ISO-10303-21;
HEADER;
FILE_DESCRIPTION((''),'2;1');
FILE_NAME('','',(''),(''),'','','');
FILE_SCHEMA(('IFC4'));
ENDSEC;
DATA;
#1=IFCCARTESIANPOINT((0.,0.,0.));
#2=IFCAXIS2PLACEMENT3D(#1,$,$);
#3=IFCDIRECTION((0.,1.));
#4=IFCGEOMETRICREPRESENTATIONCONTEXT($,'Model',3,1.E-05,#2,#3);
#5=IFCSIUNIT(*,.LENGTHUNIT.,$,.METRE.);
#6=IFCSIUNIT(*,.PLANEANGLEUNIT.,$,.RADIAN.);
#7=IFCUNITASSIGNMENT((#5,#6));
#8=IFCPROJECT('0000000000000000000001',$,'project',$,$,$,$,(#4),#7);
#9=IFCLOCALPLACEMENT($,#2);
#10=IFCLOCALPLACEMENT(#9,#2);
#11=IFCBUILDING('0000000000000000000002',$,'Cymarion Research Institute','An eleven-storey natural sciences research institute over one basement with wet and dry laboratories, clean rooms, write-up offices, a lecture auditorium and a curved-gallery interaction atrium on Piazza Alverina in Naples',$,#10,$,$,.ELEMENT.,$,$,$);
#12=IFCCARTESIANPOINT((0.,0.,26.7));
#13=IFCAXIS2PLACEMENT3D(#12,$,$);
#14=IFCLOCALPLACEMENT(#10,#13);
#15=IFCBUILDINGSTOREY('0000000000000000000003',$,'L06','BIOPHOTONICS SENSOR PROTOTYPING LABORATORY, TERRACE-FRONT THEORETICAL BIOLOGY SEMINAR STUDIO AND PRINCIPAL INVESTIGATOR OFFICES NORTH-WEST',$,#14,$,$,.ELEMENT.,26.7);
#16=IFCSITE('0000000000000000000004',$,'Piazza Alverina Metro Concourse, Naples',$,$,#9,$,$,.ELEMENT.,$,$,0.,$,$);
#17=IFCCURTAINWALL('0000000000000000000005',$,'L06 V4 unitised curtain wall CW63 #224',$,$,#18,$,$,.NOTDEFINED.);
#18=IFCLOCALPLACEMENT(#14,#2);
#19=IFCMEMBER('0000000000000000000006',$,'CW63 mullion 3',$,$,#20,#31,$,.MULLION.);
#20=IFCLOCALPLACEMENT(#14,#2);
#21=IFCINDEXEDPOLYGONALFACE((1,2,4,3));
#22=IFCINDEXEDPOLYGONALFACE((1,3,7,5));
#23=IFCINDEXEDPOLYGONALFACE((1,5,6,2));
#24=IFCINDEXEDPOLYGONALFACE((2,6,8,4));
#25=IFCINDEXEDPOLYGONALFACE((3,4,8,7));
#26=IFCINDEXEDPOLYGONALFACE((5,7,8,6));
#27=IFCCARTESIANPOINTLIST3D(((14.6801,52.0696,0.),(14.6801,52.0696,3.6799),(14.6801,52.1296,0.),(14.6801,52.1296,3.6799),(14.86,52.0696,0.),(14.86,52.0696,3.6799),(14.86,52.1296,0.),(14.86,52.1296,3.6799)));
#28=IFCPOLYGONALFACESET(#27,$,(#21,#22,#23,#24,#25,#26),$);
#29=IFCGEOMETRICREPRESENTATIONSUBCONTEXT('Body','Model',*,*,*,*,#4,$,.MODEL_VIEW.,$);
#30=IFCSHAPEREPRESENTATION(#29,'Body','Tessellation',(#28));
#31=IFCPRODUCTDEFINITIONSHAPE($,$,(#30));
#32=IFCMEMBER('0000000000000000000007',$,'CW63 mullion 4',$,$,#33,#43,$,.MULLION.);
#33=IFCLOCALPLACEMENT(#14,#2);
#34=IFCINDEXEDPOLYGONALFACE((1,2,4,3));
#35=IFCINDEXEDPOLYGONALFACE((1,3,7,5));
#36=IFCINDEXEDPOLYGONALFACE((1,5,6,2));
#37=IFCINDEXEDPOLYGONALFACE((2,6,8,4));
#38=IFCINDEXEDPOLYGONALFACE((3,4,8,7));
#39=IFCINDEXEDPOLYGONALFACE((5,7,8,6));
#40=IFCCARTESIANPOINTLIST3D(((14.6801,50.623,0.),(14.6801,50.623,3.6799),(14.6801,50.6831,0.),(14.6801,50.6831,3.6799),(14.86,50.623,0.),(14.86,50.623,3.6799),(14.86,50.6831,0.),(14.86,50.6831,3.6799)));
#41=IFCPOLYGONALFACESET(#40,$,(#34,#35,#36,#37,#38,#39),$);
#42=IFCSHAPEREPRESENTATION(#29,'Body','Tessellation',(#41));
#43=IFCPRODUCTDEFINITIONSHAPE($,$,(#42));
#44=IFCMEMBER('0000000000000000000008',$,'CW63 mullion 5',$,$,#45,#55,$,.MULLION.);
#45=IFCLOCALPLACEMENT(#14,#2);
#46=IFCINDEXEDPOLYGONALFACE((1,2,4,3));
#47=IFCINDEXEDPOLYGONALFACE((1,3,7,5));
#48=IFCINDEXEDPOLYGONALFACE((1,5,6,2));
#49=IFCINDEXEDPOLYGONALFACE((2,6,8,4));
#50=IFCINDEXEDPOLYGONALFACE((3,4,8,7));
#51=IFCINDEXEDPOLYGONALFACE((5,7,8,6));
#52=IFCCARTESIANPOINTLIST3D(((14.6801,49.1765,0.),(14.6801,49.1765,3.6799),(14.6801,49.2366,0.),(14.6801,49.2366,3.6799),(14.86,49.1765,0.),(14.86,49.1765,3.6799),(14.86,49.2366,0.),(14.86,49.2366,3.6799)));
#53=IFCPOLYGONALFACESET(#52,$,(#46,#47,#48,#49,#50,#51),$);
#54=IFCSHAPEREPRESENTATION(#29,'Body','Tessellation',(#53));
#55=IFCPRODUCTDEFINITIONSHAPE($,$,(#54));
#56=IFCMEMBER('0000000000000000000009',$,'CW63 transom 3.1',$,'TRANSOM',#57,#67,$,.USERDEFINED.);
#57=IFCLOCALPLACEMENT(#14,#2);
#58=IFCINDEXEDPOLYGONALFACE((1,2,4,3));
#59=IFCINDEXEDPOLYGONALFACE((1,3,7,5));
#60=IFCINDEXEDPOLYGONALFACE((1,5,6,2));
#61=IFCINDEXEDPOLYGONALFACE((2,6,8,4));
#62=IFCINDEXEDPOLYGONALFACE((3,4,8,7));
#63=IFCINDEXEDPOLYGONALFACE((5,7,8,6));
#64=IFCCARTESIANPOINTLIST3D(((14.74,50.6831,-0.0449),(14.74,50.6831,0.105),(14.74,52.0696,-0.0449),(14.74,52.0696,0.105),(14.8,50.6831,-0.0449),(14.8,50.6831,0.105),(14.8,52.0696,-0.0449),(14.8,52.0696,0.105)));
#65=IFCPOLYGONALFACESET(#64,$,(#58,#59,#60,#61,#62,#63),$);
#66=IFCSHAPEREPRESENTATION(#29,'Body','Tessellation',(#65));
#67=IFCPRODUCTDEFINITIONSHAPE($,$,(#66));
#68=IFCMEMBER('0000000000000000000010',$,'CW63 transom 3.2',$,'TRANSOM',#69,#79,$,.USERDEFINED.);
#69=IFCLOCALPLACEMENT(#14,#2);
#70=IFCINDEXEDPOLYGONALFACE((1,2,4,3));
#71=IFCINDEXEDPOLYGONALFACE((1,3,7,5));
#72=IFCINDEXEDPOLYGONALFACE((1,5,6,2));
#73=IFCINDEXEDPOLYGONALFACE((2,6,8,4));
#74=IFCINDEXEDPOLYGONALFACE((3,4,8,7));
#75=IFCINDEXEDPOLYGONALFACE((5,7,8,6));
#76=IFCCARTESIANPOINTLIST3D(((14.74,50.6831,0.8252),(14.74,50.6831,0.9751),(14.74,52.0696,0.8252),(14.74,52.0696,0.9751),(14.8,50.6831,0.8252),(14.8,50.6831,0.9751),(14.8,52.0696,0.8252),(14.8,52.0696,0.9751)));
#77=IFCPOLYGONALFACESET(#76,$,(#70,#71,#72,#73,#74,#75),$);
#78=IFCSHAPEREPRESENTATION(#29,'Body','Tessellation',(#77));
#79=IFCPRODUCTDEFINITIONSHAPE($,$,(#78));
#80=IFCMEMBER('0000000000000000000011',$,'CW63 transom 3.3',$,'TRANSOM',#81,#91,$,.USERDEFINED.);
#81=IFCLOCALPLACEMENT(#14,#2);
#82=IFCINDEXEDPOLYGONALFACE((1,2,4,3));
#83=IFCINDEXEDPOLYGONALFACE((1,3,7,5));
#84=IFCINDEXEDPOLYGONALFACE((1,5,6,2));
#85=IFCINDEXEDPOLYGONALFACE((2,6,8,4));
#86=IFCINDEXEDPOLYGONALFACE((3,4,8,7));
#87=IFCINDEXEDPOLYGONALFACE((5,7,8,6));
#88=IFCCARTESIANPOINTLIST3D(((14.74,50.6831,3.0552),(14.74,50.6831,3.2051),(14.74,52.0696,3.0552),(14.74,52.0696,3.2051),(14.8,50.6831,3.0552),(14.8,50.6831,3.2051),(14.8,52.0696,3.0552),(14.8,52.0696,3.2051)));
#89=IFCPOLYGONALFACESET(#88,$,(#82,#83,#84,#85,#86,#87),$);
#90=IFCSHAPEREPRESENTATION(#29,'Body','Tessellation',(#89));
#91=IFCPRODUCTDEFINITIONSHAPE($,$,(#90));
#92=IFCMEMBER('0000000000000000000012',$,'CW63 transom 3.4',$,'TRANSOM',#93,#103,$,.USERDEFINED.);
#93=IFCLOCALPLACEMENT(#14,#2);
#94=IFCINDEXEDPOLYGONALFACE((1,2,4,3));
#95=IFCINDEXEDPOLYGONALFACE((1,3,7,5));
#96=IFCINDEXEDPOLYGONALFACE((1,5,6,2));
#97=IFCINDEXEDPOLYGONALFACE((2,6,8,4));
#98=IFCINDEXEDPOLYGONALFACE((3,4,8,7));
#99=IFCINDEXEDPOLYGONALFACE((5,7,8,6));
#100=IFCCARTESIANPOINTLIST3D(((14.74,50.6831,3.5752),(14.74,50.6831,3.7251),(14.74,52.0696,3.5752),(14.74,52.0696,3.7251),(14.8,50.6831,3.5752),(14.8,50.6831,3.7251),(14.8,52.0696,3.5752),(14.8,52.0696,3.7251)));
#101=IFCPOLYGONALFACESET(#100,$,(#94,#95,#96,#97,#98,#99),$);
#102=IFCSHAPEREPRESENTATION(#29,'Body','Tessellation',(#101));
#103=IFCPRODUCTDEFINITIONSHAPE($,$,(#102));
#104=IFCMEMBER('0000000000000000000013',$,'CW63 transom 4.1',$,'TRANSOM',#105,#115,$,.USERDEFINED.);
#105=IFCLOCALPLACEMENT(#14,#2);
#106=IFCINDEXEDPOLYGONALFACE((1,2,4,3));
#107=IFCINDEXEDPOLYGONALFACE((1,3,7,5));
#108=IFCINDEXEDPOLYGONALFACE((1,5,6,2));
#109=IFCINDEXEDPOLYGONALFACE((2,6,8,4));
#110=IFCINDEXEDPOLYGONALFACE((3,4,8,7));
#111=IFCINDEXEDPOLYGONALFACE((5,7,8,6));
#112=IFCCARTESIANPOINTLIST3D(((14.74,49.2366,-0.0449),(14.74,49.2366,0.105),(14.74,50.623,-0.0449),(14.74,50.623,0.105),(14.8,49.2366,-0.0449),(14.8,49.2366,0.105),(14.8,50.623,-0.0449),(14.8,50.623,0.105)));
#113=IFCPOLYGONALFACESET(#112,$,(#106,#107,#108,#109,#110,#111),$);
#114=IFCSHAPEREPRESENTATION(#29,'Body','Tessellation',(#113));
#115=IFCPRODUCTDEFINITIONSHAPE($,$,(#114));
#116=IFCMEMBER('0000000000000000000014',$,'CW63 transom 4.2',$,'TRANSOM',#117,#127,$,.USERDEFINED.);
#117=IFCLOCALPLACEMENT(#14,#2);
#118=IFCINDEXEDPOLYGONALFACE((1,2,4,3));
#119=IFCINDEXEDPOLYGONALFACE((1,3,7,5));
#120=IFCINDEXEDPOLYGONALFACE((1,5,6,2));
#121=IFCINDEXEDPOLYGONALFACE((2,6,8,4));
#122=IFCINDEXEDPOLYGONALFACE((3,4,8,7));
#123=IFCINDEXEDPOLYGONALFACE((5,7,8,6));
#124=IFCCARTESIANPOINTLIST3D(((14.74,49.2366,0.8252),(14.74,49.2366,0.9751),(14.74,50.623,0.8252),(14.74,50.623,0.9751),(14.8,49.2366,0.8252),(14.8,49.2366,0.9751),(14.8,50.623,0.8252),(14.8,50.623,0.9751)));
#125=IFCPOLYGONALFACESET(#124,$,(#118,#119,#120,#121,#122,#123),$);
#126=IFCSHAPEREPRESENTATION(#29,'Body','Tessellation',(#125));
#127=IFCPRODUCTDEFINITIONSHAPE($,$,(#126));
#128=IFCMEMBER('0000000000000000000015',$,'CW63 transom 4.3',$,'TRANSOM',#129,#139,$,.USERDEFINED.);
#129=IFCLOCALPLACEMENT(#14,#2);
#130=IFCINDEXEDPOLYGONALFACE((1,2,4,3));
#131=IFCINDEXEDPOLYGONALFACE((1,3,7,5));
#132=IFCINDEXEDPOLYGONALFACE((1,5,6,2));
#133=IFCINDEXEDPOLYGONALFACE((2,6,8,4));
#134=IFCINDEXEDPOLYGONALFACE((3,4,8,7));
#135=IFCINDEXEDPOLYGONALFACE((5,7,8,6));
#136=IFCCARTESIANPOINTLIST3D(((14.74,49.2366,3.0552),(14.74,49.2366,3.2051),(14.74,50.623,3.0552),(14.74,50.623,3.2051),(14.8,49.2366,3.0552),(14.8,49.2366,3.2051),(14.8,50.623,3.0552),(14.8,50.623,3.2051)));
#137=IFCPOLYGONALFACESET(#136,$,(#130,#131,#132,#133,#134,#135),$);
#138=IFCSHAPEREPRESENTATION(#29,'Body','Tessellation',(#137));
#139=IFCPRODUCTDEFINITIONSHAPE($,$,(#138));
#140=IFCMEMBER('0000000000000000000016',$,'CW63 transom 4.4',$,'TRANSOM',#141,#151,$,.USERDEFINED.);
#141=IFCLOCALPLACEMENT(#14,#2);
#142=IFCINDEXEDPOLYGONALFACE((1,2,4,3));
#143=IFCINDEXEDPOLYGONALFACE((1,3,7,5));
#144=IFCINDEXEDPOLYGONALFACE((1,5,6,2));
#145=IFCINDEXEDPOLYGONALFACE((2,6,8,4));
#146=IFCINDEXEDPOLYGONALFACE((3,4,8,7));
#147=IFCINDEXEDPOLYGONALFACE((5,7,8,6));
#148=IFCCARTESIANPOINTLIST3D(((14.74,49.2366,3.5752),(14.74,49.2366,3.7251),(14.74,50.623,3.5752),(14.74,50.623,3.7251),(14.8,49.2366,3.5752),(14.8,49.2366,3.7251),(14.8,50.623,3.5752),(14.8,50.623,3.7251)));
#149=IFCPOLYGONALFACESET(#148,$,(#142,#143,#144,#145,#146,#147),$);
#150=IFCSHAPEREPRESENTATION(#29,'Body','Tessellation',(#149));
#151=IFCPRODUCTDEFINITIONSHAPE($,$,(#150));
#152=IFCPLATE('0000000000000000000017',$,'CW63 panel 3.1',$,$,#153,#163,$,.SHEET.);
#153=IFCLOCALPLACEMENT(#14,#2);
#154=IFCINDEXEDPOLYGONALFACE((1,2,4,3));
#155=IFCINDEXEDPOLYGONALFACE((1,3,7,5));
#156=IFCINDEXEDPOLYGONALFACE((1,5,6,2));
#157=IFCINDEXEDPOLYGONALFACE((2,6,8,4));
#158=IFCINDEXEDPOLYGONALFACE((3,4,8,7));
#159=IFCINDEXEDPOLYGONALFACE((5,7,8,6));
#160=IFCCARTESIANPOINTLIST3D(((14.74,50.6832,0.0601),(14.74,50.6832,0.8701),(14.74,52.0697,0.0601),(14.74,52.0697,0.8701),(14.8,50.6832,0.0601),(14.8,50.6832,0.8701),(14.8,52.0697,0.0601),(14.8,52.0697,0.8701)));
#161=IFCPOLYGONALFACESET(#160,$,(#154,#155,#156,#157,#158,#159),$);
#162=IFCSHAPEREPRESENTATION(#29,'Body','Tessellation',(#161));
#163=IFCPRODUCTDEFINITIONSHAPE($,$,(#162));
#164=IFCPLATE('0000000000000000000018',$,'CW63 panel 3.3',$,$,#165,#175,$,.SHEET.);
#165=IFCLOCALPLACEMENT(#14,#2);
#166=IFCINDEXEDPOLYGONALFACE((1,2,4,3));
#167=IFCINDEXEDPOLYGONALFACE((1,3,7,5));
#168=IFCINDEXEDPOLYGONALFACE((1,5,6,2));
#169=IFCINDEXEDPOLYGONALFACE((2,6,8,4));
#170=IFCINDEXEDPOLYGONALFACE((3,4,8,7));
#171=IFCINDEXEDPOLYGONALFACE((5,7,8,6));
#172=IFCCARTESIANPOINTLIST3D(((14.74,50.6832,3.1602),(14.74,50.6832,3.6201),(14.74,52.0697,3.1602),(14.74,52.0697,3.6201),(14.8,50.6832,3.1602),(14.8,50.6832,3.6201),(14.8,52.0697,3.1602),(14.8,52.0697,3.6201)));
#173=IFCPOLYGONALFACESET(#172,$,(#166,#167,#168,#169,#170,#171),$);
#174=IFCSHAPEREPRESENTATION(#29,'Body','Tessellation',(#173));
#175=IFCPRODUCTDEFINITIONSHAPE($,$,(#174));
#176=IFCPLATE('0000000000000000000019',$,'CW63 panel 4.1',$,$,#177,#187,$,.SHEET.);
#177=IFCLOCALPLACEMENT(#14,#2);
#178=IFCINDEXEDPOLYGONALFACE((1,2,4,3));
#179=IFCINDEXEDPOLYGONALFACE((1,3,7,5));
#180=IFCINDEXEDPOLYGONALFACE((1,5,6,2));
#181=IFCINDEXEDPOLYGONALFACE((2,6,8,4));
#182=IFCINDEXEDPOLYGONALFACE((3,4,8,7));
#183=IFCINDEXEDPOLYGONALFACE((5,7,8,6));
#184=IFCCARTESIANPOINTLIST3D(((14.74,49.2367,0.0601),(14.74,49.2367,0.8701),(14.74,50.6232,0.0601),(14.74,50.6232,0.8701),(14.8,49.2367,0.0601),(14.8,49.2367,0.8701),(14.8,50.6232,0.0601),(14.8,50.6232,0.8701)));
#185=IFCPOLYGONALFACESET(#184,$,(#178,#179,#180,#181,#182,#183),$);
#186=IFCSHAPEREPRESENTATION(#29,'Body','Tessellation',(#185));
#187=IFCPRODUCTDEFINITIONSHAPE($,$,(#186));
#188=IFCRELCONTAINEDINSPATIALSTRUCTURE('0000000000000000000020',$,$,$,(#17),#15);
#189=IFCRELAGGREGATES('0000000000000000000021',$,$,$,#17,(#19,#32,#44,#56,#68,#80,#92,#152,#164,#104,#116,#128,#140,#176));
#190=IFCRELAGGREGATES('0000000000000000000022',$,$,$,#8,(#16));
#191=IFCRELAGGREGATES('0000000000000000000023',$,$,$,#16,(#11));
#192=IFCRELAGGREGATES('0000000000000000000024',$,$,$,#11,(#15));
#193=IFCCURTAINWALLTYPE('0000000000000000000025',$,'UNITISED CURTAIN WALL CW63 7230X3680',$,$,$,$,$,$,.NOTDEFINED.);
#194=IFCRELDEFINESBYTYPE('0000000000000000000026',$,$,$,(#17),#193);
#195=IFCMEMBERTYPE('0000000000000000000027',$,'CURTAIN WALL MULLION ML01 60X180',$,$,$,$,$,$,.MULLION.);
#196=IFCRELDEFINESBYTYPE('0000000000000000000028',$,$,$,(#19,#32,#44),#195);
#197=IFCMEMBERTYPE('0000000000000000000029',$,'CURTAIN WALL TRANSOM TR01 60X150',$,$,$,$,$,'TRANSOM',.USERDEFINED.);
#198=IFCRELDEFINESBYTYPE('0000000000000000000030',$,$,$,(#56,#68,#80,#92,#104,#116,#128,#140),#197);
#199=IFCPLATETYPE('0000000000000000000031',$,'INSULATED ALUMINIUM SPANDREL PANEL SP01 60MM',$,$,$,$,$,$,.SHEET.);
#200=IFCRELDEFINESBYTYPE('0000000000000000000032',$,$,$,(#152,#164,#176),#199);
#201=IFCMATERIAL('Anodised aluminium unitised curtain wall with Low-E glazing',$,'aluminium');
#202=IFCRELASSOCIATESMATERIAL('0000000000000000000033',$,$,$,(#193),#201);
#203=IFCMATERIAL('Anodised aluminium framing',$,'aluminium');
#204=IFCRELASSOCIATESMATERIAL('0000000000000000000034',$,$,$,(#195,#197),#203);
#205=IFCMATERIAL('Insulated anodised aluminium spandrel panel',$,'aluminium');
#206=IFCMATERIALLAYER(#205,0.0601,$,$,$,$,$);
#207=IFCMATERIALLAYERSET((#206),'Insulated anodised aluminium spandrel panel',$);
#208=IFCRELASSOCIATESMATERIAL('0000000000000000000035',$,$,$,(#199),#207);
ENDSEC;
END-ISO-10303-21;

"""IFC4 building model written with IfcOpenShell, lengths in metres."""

from ifc_helpers import new_model, si_unit, direction, frame, origin, origin_2d, place, context, subcontext, project, spatial, rectangle, extrude, material, layer, layer_set, material_profile, profile_set, type_object, element, aggregate, save


model = new_model("IFC4")

# Units and contexts
model_context = context("Model", 3, precision=1e-05, world=origin(), true_north=direction((0.0, 1.0)))
body_context = subcontext(model_context, "Body", "Model", "MODEL_VIEW")
ifc_project = project(units=[si_unit("LENGTHUNIT", "METRE"), si_unit("PLANEANGLEUNIT", "RADIAN")], contexts=[model_context])

# Site, building, storey
site_placement = place(None, origin())
site = spatial("IfcSite", under=ifc_project, at=site_placement, Name="Piazza Alverina Metro Concourse, Naples", CompositionType="ELEMENT", RefElevation=0.0)
building_placement = place(site_placement, origin())
building = spatial("IfcBuilding", under=site, at=building_placement, Name="Cymarion Research Institute", Description="An eleven-storey natural sciences research institute over one basement with wet and dry laboratories, clean rooms, write-up offices, a lecture auditorium and a curved-gallery interaction atrium on Piazza Alverina in Naples", CompositionType="ELEMENT")
storey_placement = place(building_placement, frame((0.0, 0.0, 26.7)))
storey = spatial("IfcBuildingStorey", under=building, at=storey_placement, Name="L06", Description="BIOPHOTONICS SENSOR PROTOTYPING LABORATORY, TERRACE-FRONT THEORETICAL BIOLOGY SEMINAR STUDIO AND PRINCIPAL INVESTIGATOR OFFICES NORTH-WEST", CompositionType="ELEMENT", Elevation=26.7)

# Curtain wall, members, plates
ifc_material_1 = material(Name="Anodised aluminium unitised curtain wall with Low-E glazing", Category="aluminium")
curtain_wall_type = type_object("IfcCurtainWallType", Name="UNITISED CURTAIN WALL CW63 7230X3680", PredefinedType="NOTDEFINED", material=ifc_material_1)
curtain_wall_placement = place(storey_placement, origin())
curtain_wall = element("IfcCurtainWall", 1, at=curtain_wall_placement, inside=storey, type_object=curtain_wall_type, Name="L06 V4 unitised curtain wall CW63 #224", PredefinedType="NOTDEFINED")
ifc_material_2 = material(Name="Anodised aluminium framing", Category="aluminium")
ifc_material_profile_1 = material_profile(ifc_material_2, rectangle(XDim=0.0601, YDim=0.1799, at=origin_2d()), Name="ALU MULLION 60x180")
ifc_profile_set_1 = profile_set([ifc_material_profile_1], Name="Anodised aluminium framing")
member_type_1 = type_object("IfcMemberType", Name="CURTAIN WALL MULLION ML01 60X180", PredefinedType="MULLION", material=ifc_profile_set_1)
member_1_placement = place(storey_placement, frame((14.77, 52.0996, 0.0), z_axis=(0.0, 0.0, 1.0), x_axis=(0.0, -1.0, 0.0)))
member_1 = element("IfcMember", 2, at=member_1_placement, type_object=member_type_1, Name="CW63 mullion 3", PredefinedType="MULLION", context=body_context, shape_type="SweptSolid", body=[
    extrude(rectangle(XDim=0.0601, YDim=0.1799, at=origin_2d()), origin(), (0.0, 0.0, 1.0), 3.6799),
])
member_2_placement = place(storey_placement, frame((14.77, 50.6531, 0.0), z_axis=(0.0, 0.0, 1.0), x_axis=(0.0, -1.0, 0.0)))
member_2 = element("IfcMember", 3, at=member_2_placement, type_object=member_type_1, Name="CW63 mullion 4", PredefinedType="MULLION", context=body_context, shape_type="SweptSolid", body=[
    extrude(rectangle(XDim=0.0601, YDim=0.1799, at=origin_2d()), origin(), (0.0, 0.0, 1.0), 3.6799),
])
member_3_placement = place(storey_placement, frame((14.77, 49.2065, 0.0), z_axis=(0.0, 0.0, 1.0), x_axis=(0.0, -1.0, 0.0)))
member_3 = element("IfcMember", 4, at=member_3_placement, type_object=member_type_1, Name="CW63 mullion 5", PredefinedType="MULLION", context=body_context, shape_type="SweptSolid", body=[
    extrude(rectangle(XDim=0.0601, YDim=0.1799, at=origin_2d()), origin(), (0.0, 0.0, 1.0), 3.6799),
])
ifc_material_profile_2 = material_profile(ifc_material_2, rectangle(XDim=0.0601, YDim=0.1499, at=origin_2d()), Name="ALU TRANSOM 60x150")
ifc_profile_set_2 = profile_set([ifc_material_profile_2], Name="Anodised aluminium framing")
member_type_2 = type_object("IfcMemberType", Name="CURTAIN WALL TRANSOM TR01 60X150", ElementType="TRANSOM", PredefinedType="USERDEFINED", material=ifc_profile_set_2)
member_4_placement = place(storey_placement, frame((14.77, 52.0696, 0.03), z_axis=(0.0, -1.0, 0.0), x_axis=(1.0, 0.0, 0.0)))
member_4 = element("IfcMember", 5, at=member_4_placement, type_object=member_type_2, Name="CW63 transom 3.1", ObjectType="TRANSOM", PredefinedType="USERDEFINED", context=body_context, shape_type="SweptSolid", body=[
    extrude(rectangle(XDim=0.0601, YDim=0.1499, at=origin_2d()), origin(), (0.0, 0.0, 1.0), 1.3865),
])
member_5_placement = place(storey_placement, frame((14.77, 52.0696, 0.9001), z_axis=(0.0, -1.0, 0.0), x_axis=(1.0, 0.0, 0.0)))
member_5 = element("IfcMember", 6, at=member_5_placement, type_object=member_type_2, Name="CW63 transom 3.2", ObjectType="TRANSOM", PredefinedType="USERDEFINED", context=body_context, shape_type="SweptSolid", body=[
    extrude(rectangle(XDim=0.0601, YDim=0.1499, at=origin_2d()), origin(), (0.0, 0.0, 1.0), 1.3865),
])
member_6_placement = place(storey_placement, frame((14.77, 52.0696, 3.1301), z_axis=(0.0, -1.0, 0.0), x_axis=(1.0, 0.0, 0.0)))
member_6 = element("IfcMember", 7, at=member_6_placement, type_object=member_type_2, Name="CW63 transom 3.3", ObjectType="TRANSOM", PredefinedType="USERDEFINED", context=body_context, shape_type="SweptSolid", body=[
    extrude(rectangle(XDim=0.0601, YDim=0.1499, at=origin_2d()), origin(), (0.0, 0.0, 1.0), 1.3865),
])
member_7_placement = place(storey_placement, frame((14.77, 52.0696, 3.6501), z_axis=(0.0, -1.0, 0.0), x_axis=(1.0, 0.0, 0.0)))
member_7 = element("IfcMember", 8, at=member_7_placement, type_object=member_type_2, Name="CW63 transom 3.4", ObjectType="TRANSOM", PredefinedType="USERDEFINED", context=body_context, shape_type="SweptSolid", body=[
    extrude(rectangle(XDim=0.0601, YDim=0.1499, at=origin_2d()), origin(), (0.0, 0.0, 1.0), 1.3865),
])
member_8_placement = place(storey_placement, frame((14.77, 50.623, 0.03), z_axis=(0.0, -1.0, 0.0), x_axis=(1.0, 0.0, 0.0)))
member_8 = element("IfcMember", 9, at=member_8_placement, type_object=member_type_2, Name="CW63 transom 4.1", ObjectType="TRANSOM", PredefinedType="USERDEFINED", context=body_context, shape_type="SweptSolid", body=[
    extrude(rectangle(XDim=0.0601, YDim=0.1499, at=origin_2d()), origin(), (0.0, 0.0, 1.0), 1.3865),
])
member_9_placement = place(storey_placement, frame((14.77, 50.623, 0.9001), z_axis=(0.0, -1.0, 0.0), x_axis=(1.0, 0.0, 0.0)))
member_9 = element("IfcMember", 10, at=member_9_placement, type_object=member_type_2, Name="CW63 transom 4.2", ObjectType="TRANSOM", PredefinedType="USERDEFINED", context=body_context, shape_type="SweptSolid", body=[
    extrude(rectangle(XDim=0.0601, YDim=0.1499, at=origin_2d()), origin(), (0.0, 0.0, 1.0), 1.3865),
])
member_10_placement = place(storey_placement, frame((14.77, 50.623, 3.1301), z_axis=(0.0, -1.0, 0.0), x_axis=(1.0, 0.0, 0.0)))
member_10 = element("IfcMember", 11, at=member_10_placement, type_object=member_type_2, Name="CW63 transom 4.3", ObjectType="TRANSOM", PredefinedType="USERDEFINED", context=body_context, shape_type="SweptSolid", body=[
    extrude(rectangle(XDim=0.0601, YDim=0.1499, at=origin_2d()), origin(), (0.0, 0.0, 1.0), 1.3865),
])
member_11_placement = place(storey_placement, frame((14.77, 50.623, 3.6501), z_axis=(0.0, -1.0, 0.0), x_axis=(1.0, 0.0, 0.0)))
member_11 = element("IfcMember", 12, at=member_11_placement, type_object=member_type_2, Name="CW63 transom 4.4", ObjectType="TRANSOM", PredefinedType="USERDEFINED", context=body_context, shape_type="SweptSolid", body=[
    extrude(rectangle(XDim=0.0601, YDim=0.1499, at=origin_2d()), origin(), (0.0, 0.0, 1.0), 1.3865),
])
ifc_material_3 = material(Name="Insulated anodised aluminium spandrel panel", Category="aluminium")
ifc_layer_1 = layer(ifc_material_3, 0.0601)
ifc_layer_set_1 = layer_set([ifc_layer_1], Name="Insulated anodised aluminium spandrel panel")
plate_type_1 = type_object("IfcPlateType", Name="INSULATED ALUMINIUM SPANDREL PANEL SP01 60MM", PredefinedType="SHEET", material=ifc_layer_set_1)
plate_1_placement = place(storey_placement, frame((14.77, 51.3765, 0.0601), z_axis=(0.0, 0.0, 1.0), x_axis=(0.0, -1.0, 0.0)))
plate_1 = element("IfcPlate", 13, at=plate_1_placement, type_object=plate_type_1, Name="CW63 panel 3.1", PredefinedType="SHEET", context=body_context, shape_type="SweptSolid", body=[
    extrude(rectangle(XDim=1.3865, YDim=0.0601, at=origin_2d()), origin(), (0.0, 0.0, 1.0), 0.8101),
])
plate_2_placement = place(storey_placement, frame((14.77, 51.3765, 3.1602), z_axis=(0.0, 0.0, 1.0), x_axis=(0.0, -1.0, 0.0)))
plate_2 = element("IfcPlate", 14, at=plate_2_placement, type_object=plate_type_1, Name="CW63 panel 3.3", PredefinedType="SHEET", context=body_context, shape_type="SweptSolid", body=[
    extrude(rectangle(XDim=1.3865, YDim=0.0601, at=origin_2d()), origin(), (0.0, 0.0, 1.0), 0.46),
])
plate_3_placement = place(storey_placement, frame((14.77, 49.9299, 0.0601), z_axis=(0.0, 0.0, 1.0), x_axis=(0.0, -1.0, 0.0)))
plate_3 = element("IfcPlate", 15, at=plate_3_placement, type_object=plate_type_1, Name="CW63 panel 4.1", PredefinedType="SHEET", context=body_context, shape_type="SweptSolid", body=[
    extrude(rectangle(XDim=1.3865, YDim=0.0601, at=origin_2d()), origin(), (0.0, 0.0, 1.0), 0.8101),
])
aggregate(curtain_wall, [member_1, member_2, member_3, member_4, member_5, member_6, member_7, plate_1, plate_2, member_8, member_9, member_10, member_11, plate_3])

save(model, "model.ifc")
